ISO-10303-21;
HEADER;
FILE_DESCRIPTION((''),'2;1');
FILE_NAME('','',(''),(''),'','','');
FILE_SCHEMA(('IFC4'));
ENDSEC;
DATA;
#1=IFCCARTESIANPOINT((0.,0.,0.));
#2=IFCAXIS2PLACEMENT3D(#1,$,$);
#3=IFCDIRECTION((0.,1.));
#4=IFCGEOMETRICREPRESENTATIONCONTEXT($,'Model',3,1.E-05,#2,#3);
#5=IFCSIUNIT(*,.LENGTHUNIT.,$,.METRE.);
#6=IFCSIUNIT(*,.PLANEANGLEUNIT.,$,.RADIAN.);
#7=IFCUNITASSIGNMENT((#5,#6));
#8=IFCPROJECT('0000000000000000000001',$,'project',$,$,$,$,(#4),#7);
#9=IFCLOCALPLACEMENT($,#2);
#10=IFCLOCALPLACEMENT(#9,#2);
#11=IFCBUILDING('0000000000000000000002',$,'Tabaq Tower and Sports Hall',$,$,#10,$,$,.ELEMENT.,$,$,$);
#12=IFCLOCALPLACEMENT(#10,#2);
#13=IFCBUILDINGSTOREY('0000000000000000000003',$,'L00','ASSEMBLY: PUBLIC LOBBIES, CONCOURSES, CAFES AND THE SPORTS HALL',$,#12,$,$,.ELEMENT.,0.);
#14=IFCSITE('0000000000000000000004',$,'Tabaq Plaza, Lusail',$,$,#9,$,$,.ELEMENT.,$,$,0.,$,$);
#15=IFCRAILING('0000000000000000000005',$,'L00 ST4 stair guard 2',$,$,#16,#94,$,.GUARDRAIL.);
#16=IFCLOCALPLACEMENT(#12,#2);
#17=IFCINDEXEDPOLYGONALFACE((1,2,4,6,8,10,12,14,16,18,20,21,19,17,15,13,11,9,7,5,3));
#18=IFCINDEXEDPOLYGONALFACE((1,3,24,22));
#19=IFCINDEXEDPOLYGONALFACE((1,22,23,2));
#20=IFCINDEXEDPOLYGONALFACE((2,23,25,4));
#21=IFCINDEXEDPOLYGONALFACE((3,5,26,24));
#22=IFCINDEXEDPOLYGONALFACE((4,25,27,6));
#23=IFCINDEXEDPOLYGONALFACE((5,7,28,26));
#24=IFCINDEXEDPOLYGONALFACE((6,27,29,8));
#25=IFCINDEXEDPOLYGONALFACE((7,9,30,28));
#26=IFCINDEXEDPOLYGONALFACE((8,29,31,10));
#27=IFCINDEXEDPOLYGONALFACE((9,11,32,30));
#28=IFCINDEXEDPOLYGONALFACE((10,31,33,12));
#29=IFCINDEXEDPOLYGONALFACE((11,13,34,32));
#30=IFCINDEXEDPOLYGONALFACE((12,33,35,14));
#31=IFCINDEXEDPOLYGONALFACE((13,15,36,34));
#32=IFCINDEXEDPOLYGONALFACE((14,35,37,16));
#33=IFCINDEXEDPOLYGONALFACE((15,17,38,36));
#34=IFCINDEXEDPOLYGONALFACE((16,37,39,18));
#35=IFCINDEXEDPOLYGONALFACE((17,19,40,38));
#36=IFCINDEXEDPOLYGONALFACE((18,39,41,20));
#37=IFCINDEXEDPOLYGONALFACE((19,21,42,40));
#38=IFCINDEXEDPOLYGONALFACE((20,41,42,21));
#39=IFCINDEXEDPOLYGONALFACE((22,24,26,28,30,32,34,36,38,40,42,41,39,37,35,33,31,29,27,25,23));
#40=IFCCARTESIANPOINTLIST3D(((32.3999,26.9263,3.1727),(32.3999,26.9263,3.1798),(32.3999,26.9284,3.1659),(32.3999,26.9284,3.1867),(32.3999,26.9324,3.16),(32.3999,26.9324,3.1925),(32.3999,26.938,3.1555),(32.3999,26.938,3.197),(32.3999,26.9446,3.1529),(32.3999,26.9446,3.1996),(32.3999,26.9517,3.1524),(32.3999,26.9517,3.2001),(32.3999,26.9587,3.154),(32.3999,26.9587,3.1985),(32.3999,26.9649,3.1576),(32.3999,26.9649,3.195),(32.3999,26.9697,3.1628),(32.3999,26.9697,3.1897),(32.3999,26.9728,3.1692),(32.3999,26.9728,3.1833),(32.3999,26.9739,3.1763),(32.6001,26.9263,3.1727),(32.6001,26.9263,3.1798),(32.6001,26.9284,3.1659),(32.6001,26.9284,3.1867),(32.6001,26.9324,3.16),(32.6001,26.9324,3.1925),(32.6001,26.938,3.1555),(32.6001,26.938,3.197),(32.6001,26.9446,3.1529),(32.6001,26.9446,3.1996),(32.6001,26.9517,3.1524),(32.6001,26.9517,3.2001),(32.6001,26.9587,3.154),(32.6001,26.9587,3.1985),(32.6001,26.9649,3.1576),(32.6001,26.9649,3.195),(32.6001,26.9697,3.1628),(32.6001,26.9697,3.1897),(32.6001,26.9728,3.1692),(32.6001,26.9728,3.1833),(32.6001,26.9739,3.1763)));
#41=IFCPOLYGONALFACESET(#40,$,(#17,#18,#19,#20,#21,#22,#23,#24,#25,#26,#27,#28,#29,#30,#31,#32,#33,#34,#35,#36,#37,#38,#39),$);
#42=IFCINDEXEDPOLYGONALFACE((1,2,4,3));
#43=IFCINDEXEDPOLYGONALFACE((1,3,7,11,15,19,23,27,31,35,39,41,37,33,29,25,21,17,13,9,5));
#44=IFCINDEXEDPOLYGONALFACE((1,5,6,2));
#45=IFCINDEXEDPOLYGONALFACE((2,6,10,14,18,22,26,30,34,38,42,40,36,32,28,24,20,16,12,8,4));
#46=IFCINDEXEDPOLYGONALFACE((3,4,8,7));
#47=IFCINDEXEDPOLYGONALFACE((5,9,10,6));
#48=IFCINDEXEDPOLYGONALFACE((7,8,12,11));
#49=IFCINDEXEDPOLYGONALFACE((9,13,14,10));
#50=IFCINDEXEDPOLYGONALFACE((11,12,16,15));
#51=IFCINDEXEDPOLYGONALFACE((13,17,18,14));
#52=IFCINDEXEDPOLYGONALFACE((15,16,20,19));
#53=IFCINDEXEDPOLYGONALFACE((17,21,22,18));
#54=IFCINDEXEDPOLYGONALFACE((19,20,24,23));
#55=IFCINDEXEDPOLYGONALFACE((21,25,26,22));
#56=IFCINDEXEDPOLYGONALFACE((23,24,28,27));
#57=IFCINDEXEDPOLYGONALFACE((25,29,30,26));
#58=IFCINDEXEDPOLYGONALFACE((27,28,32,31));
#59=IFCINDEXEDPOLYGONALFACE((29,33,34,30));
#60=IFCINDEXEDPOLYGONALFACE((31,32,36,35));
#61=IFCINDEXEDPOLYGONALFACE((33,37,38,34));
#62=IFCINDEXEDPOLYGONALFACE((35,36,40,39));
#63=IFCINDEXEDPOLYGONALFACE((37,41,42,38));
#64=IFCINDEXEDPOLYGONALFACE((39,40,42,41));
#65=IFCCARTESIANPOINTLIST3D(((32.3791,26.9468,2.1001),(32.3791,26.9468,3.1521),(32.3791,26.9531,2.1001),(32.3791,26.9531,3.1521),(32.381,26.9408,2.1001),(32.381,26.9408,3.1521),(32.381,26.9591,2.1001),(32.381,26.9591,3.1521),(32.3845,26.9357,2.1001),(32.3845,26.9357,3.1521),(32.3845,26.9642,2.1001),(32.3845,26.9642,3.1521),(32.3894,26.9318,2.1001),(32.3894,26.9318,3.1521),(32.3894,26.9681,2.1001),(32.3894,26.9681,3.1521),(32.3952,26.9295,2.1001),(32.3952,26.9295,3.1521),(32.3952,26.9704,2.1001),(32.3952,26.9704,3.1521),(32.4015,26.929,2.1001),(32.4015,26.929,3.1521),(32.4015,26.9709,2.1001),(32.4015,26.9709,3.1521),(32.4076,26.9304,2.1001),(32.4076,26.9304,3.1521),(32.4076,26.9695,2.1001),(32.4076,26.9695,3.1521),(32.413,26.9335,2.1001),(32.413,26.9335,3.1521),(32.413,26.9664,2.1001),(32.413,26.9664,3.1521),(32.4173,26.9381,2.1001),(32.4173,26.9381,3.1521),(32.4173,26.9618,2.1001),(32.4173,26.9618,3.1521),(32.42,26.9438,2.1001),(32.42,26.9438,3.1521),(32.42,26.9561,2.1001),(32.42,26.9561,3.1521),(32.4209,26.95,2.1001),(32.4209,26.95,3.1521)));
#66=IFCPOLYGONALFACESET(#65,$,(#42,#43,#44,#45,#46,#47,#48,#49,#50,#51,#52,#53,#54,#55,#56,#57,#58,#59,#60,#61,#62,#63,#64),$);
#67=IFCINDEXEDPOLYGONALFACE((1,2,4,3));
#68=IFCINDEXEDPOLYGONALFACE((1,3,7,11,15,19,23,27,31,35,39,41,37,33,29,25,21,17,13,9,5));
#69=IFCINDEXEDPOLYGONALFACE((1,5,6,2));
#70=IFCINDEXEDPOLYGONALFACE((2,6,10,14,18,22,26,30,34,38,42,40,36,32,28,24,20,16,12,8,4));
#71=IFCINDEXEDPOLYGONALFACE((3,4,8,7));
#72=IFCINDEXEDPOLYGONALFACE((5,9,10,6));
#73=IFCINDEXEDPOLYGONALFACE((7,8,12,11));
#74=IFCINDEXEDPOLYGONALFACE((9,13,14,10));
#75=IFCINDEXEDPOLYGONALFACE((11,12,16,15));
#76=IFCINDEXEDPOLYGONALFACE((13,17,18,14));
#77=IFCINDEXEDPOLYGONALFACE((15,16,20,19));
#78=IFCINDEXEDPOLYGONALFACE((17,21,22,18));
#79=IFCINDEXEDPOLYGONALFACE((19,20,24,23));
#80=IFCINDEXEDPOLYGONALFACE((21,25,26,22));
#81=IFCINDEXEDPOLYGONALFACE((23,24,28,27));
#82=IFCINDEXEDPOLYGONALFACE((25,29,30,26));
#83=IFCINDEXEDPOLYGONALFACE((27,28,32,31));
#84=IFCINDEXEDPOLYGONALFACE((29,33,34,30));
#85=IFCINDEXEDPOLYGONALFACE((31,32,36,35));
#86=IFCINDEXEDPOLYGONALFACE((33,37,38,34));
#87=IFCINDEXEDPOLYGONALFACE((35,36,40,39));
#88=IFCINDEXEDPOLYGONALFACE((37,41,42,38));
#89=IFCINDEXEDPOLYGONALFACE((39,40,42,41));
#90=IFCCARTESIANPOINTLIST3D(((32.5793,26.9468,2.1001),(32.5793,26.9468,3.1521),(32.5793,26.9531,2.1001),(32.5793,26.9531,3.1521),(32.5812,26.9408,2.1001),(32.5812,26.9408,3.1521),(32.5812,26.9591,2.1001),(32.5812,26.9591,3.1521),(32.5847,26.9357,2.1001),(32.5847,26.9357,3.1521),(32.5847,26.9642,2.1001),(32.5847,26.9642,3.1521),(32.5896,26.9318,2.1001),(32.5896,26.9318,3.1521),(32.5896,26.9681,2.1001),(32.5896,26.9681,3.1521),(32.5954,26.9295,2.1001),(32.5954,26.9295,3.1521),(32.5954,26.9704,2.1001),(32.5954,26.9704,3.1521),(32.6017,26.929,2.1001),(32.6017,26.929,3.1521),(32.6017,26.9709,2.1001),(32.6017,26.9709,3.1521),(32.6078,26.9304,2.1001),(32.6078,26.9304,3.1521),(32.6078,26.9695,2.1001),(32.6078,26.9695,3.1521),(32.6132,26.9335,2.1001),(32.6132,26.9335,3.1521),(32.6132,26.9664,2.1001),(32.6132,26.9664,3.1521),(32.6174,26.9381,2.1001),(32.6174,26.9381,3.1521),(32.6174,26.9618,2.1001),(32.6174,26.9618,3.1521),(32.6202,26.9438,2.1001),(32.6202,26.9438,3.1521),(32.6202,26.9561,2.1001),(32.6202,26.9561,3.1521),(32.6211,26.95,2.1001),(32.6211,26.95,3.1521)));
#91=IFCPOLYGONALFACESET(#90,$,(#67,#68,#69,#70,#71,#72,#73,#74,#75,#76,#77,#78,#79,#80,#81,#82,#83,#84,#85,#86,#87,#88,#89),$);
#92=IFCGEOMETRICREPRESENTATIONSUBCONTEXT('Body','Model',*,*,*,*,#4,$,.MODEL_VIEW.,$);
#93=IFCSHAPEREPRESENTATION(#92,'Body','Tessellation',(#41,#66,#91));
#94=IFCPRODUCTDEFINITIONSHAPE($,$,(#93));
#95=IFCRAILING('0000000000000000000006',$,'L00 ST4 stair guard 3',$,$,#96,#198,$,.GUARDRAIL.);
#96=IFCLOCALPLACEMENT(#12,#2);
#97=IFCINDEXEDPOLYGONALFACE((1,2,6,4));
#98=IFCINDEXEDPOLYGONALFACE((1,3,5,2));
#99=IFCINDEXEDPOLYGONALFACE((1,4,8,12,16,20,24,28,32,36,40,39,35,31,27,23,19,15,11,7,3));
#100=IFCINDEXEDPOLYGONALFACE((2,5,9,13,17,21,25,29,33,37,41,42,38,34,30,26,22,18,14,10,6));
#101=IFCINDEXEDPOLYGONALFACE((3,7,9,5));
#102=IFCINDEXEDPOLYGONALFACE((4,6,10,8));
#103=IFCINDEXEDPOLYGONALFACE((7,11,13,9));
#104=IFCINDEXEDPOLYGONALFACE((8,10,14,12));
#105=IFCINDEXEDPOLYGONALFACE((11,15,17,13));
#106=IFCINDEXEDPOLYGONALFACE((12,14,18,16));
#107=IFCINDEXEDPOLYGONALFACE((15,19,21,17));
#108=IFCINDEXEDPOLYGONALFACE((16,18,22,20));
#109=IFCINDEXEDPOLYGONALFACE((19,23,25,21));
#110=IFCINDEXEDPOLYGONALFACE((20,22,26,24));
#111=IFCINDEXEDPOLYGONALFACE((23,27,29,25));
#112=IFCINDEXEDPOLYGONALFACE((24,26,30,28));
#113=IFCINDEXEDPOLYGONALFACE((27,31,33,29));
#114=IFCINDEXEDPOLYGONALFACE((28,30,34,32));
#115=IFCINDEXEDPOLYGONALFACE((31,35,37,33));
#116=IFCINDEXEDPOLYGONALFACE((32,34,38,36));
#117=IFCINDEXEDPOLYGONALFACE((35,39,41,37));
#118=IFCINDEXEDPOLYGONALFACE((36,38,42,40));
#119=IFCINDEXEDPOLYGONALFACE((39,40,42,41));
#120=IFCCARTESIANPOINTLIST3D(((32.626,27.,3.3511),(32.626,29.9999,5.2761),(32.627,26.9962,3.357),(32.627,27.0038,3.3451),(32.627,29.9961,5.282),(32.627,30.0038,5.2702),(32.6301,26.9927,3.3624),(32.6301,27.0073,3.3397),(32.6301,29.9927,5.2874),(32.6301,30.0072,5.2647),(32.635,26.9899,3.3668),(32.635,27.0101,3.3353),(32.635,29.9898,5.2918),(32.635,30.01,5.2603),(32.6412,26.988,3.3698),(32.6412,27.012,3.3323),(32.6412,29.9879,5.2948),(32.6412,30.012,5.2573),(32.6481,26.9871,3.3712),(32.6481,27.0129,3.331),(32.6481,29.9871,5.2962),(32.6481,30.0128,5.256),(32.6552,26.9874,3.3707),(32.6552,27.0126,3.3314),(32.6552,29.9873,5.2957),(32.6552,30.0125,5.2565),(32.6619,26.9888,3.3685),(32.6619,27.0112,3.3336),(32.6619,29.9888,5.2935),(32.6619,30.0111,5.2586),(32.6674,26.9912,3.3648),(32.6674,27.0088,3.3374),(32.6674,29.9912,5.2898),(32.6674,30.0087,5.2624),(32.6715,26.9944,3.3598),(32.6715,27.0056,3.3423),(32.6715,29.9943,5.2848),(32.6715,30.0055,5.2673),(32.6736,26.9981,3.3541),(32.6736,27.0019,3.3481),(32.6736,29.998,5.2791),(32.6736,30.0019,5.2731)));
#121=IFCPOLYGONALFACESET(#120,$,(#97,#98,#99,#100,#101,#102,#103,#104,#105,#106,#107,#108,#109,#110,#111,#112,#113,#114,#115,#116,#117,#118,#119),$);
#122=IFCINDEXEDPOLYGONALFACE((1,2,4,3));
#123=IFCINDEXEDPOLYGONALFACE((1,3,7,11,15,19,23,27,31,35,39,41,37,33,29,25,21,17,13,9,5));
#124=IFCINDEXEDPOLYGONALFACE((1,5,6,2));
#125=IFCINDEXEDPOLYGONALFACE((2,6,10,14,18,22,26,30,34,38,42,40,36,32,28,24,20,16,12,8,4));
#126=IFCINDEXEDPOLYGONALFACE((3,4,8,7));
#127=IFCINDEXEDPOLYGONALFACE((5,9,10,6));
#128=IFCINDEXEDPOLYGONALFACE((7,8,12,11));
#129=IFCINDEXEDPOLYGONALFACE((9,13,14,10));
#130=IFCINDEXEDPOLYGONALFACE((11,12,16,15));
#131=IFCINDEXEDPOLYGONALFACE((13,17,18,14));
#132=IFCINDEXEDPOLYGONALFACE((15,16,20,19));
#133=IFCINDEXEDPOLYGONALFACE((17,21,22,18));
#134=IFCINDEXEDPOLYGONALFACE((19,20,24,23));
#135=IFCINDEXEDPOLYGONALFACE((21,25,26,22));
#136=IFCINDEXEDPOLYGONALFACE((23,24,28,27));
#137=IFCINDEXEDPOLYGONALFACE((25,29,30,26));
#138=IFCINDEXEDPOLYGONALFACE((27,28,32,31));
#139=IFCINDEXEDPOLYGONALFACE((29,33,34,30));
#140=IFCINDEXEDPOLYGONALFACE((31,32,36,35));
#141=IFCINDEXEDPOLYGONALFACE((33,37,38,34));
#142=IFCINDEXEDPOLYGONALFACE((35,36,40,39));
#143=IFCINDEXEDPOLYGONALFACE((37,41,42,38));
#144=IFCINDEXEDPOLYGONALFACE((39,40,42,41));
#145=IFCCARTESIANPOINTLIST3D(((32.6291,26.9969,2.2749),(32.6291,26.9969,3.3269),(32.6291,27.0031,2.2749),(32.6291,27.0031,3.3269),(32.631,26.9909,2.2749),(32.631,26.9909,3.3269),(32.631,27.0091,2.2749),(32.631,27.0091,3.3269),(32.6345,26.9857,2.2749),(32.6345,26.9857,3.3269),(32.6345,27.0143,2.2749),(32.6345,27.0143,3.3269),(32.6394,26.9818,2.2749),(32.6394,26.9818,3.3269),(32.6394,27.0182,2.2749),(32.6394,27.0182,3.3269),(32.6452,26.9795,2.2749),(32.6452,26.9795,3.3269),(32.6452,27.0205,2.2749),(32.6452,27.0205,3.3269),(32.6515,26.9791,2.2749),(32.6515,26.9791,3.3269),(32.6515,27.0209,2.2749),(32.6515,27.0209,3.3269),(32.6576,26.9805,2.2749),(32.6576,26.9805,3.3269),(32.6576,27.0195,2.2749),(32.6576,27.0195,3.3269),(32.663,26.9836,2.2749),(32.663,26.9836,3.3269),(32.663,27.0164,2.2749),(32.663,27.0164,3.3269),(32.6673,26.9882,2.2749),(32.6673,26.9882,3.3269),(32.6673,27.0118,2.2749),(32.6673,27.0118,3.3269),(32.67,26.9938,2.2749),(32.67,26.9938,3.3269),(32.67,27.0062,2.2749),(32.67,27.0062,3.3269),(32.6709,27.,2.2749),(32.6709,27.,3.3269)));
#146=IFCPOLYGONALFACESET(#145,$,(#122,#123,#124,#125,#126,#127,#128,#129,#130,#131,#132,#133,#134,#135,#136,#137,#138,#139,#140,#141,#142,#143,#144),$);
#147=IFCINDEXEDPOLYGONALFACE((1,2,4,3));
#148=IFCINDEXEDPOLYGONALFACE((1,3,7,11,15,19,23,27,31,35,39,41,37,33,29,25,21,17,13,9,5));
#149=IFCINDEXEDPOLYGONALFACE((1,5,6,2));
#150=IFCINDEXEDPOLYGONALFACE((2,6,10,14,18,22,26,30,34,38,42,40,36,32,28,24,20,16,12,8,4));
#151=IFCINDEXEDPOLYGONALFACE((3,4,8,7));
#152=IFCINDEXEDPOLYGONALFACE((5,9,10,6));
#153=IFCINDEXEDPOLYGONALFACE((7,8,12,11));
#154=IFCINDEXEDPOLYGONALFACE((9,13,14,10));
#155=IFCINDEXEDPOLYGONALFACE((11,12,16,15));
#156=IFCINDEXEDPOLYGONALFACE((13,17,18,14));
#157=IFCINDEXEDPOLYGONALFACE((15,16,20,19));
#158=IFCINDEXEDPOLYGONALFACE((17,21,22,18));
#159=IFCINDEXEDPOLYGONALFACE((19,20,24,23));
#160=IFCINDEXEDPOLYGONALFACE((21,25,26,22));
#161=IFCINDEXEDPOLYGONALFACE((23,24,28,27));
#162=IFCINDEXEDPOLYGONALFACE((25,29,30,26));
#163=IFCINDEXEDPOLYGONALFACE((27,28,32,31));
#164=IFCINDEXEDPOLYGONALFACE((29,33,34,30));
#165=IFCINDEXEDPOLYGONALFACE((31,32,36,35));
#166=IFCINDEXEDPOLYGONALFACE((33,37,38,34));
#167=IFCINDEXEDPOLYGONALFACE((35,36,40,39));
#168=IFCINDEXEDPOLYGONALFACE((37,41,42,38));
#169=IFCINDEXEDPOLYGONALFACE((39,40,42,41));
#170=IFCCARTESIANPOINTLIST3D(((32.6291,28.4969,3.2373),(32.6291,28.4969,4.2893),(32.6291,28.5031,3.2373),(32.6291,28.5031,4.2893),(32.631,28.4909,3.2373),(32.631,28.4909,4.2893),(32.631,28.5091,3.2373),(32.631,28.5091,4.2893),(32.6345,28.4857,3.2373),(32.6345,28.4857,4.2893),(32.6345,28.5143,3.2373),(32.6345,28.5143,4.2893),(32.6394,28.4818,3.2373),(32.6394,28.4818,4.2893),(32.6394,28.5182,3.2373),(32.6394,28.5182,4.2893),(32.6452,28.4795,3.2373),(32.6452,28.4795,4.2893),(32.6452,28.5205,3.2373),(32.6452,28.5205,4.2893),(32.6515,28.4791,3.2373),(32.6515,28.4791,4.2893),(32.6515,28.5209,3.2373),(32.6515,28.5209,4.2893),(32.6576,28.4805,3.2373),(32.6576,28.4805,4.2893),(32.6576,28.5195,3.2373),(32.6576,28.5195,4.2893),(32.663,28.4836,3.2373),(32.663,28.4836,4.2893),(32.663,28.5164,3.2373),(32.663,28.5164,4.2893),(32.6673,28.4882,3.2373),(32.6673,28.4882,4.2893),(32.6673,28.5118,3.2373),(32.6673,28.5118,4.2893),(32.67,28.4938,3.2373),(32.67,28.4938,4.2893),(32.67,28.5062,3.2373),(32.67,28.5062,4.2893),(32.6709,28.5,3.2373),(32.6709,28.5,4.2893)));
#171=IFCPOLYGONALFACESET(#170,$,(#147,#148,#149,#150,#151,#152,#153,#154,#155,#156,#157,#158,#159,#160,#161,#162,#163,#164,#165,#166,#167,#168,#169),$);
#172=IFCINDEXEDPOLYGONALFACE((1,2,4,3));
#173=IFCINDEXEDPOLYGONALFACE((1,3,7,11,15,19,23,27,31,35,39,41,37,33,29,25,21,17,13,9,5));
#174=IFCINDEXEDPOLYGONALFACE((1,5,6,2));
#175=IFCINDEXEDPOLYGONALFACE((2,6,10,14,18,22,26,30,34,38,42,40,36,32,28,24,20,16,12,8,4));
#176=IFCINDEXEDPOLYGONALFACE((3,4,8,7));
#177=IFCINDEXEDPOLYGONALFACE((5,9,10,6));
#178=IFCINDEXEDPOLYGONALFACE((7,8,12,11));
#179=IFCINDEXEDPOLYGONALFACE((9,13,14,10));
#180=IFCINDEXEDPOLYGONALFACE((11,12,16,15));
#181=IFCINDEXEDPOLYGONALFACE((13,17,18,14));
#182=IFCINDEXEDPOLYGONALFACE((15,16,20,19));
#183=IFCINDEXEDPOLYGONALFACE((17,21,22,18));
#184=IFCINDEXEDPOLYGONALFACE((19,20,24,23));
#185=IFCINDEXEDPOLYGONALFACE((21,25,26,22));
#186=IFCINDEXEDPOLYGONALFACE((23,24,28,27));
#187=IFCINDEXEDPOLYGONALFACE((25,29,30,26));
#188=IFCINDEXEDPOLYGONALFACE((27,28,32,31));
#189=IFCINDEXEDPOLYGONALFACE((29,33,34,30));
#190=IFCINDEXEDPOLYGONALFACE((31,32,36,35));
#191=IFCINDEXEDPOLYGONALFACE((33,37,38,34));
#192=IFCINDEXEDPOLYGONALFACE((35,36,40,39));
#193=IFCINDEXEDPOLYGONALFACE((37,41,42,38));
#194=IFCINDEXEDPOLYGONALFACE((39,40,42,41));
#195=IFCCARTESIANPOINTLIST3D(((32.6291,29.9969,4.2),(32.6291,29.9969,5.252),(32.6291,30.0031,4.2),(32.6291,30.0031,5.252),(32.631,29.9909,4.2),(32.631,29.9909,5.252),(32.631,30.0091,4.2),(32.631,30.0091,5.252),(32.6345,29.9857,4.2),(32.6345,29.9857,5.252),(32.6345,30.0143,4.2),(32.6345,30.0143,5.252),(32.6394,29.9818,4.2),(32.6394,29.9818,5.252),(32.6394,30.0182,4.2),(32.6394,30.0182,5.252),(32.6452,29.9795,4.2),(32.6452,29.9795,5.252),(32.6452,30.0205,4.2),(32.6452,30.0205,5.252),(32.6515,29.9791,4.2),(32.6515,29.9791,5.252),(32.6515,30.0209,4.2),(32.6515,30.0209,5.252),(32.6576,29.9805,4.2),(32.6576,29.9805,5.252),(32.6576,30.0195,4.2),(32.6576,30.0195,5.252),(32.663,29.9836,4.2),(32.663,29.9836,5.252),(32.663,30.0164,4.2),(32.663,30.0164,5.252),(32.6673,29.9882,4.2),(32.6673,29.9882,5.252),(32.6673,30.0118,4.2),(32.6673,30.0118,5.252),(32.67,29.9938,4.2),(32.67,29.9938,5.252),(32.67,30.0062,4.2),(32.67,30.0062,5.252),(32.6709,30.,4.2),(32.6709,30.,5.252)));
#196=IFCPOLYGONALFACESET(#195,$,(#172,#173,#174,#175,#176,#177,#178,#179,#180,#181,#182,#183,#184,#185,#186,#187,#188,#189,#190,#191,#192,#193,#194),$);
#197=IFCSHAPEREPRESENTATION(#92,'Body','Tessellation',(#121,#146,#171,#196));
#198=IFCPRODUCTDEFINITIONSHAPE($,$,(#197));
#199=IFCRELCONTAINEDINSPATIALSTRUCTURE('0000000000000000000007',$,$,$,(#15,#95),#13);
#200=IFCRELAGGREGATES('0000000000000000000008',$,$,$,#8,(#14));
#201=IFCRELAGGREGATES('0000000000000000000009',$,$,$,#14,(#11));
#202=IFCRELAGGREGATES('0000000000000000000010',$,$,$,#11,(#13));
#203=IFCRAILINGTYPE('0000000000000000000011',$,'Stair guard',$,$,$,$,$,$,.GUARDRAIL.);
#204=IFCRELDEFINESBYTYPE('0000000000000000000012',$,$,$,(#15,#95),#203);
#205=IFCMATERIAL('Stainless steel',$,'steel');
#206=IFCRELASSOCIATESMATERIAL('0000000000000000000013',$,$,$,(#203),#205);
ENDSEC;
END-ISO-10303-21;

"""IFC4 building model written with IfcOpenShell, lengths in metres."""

from ifc_helpers import new_model, si_unit, direction, frame, origin, origin_2d, place, context, subcontext, project, spatial, circle, extrude, material, type_object, element, save


model = new_model("IFC4")

# Units and contexts
model_context = context("Model", 3, precision=1e-05, world=origin(), true_north=direction((0.0, 1.0)))
body_context = subcontext(model_context, "Body", "Model", "MODEL_VIEW")
ifc_project = project(units=[si_unit("LENGTHUNIT", "METRE"), si_unit("PLANEANGLEUNIT", "RADIAN")], contexts=[model_context])

# Site, building, storey
site_placement = place(None, origin())
site = spatial("IfcSite", under=ifc_project, at=site_placement, Name="Tabaq Plaza, Lusail", CompositionType="ELEMENT", RefElevation=0.0)
building_placement = place(site_placement, origin())
building = spatial("IfcBuilding", under=site, at=building_placement, Name="Tabaq Tower and Sports Hall", CompositionType="ELEMENT")
storey_placement = place(building_placement, origin())
storey = spatial("IfcBuildingStorey", under=building, at=storey_placement, Name="L00", Description="ASSEMBLY: PUBLIC LOBBIES, CONCOURSES, CAFES AND THE SPORTS HALL", CompositionType="ELEMENT", Elevation=0.0)

# Railings
ifc_material_1 = material(Name="Stainless steel", Category="steel")
railing_type_1 = type_object("IfcRailingType", Name="Stair guard", PredefinedType="GUARDRAIL", material=ifc_material_1)
railing_1_placement = place(storey_placement, frame((32.3999, 26.95, 2.1001)))
element("IfcRailing", 1, at=railing_1_placement, inside=storey, type_object=railing_type_1, Name="L00 ST4 stair guard 2", PredefinedType="GUARDRAIL", context=body_context, shape_type="SweptSolid", body=[
    extrude(circle(Radius=0.0239, at=origin_2d()), frame((0.0, 0.0, 1.0762), z_axis=(1.0, 0.0, 0.0), x_axis=(0.0, 1.0, 0.0)), (0.0, 0.0, 1.0), 0.2002),
    extrude(circle(Radius=0.021, at=origin_2d()), origin(), (0.0, 0.0, 1.0), 1.052),
    extrude(circle(Radius=0.021, at=origin_2d()), frame((0.2002, 0.0, 0.0)), (0.0, 0.0, 1.0), 1.052),
])
railing_2_placement = place(storey_placement, frame((32.6499, 27.0, 2.2749)))
element("IfcRailing", 2, at=railing_2_placement, inside=storey, type_object=railing_type_1, Name="L00 ST4 stair guard 3", PredefinedType="GUARDRAIL", context=body_context, shape_type="SweptSolid", body=[
    extrude(circle(Radius=0.0239, at=origin_2d()), frame((0.0, 0.0, 1.0762), z_axis=(0.0, 0.841628, 0.540058), x_axis=(-1.0, 0.0, 0.0)), (0.0, 0.0, 1.0), 3.5645),
    extrude(circle(Radius=0.021, at=origin_2d()), origin(), (0.0, 0.0, 1.0), 1.052),
    extrude(circle(Radius=0.021, at=origin_2d()), frame((0.0, 1.5, 0.9624)), (0.0, 0.0, 1.0), 1.052),
    extrude(circle(Radius=0.021, at=origin_2d()), frame((0.0, 3.0, 1.925)), (0.0, 0.0, 1.0), 1.052),
])

save(model, "model.ifc")
